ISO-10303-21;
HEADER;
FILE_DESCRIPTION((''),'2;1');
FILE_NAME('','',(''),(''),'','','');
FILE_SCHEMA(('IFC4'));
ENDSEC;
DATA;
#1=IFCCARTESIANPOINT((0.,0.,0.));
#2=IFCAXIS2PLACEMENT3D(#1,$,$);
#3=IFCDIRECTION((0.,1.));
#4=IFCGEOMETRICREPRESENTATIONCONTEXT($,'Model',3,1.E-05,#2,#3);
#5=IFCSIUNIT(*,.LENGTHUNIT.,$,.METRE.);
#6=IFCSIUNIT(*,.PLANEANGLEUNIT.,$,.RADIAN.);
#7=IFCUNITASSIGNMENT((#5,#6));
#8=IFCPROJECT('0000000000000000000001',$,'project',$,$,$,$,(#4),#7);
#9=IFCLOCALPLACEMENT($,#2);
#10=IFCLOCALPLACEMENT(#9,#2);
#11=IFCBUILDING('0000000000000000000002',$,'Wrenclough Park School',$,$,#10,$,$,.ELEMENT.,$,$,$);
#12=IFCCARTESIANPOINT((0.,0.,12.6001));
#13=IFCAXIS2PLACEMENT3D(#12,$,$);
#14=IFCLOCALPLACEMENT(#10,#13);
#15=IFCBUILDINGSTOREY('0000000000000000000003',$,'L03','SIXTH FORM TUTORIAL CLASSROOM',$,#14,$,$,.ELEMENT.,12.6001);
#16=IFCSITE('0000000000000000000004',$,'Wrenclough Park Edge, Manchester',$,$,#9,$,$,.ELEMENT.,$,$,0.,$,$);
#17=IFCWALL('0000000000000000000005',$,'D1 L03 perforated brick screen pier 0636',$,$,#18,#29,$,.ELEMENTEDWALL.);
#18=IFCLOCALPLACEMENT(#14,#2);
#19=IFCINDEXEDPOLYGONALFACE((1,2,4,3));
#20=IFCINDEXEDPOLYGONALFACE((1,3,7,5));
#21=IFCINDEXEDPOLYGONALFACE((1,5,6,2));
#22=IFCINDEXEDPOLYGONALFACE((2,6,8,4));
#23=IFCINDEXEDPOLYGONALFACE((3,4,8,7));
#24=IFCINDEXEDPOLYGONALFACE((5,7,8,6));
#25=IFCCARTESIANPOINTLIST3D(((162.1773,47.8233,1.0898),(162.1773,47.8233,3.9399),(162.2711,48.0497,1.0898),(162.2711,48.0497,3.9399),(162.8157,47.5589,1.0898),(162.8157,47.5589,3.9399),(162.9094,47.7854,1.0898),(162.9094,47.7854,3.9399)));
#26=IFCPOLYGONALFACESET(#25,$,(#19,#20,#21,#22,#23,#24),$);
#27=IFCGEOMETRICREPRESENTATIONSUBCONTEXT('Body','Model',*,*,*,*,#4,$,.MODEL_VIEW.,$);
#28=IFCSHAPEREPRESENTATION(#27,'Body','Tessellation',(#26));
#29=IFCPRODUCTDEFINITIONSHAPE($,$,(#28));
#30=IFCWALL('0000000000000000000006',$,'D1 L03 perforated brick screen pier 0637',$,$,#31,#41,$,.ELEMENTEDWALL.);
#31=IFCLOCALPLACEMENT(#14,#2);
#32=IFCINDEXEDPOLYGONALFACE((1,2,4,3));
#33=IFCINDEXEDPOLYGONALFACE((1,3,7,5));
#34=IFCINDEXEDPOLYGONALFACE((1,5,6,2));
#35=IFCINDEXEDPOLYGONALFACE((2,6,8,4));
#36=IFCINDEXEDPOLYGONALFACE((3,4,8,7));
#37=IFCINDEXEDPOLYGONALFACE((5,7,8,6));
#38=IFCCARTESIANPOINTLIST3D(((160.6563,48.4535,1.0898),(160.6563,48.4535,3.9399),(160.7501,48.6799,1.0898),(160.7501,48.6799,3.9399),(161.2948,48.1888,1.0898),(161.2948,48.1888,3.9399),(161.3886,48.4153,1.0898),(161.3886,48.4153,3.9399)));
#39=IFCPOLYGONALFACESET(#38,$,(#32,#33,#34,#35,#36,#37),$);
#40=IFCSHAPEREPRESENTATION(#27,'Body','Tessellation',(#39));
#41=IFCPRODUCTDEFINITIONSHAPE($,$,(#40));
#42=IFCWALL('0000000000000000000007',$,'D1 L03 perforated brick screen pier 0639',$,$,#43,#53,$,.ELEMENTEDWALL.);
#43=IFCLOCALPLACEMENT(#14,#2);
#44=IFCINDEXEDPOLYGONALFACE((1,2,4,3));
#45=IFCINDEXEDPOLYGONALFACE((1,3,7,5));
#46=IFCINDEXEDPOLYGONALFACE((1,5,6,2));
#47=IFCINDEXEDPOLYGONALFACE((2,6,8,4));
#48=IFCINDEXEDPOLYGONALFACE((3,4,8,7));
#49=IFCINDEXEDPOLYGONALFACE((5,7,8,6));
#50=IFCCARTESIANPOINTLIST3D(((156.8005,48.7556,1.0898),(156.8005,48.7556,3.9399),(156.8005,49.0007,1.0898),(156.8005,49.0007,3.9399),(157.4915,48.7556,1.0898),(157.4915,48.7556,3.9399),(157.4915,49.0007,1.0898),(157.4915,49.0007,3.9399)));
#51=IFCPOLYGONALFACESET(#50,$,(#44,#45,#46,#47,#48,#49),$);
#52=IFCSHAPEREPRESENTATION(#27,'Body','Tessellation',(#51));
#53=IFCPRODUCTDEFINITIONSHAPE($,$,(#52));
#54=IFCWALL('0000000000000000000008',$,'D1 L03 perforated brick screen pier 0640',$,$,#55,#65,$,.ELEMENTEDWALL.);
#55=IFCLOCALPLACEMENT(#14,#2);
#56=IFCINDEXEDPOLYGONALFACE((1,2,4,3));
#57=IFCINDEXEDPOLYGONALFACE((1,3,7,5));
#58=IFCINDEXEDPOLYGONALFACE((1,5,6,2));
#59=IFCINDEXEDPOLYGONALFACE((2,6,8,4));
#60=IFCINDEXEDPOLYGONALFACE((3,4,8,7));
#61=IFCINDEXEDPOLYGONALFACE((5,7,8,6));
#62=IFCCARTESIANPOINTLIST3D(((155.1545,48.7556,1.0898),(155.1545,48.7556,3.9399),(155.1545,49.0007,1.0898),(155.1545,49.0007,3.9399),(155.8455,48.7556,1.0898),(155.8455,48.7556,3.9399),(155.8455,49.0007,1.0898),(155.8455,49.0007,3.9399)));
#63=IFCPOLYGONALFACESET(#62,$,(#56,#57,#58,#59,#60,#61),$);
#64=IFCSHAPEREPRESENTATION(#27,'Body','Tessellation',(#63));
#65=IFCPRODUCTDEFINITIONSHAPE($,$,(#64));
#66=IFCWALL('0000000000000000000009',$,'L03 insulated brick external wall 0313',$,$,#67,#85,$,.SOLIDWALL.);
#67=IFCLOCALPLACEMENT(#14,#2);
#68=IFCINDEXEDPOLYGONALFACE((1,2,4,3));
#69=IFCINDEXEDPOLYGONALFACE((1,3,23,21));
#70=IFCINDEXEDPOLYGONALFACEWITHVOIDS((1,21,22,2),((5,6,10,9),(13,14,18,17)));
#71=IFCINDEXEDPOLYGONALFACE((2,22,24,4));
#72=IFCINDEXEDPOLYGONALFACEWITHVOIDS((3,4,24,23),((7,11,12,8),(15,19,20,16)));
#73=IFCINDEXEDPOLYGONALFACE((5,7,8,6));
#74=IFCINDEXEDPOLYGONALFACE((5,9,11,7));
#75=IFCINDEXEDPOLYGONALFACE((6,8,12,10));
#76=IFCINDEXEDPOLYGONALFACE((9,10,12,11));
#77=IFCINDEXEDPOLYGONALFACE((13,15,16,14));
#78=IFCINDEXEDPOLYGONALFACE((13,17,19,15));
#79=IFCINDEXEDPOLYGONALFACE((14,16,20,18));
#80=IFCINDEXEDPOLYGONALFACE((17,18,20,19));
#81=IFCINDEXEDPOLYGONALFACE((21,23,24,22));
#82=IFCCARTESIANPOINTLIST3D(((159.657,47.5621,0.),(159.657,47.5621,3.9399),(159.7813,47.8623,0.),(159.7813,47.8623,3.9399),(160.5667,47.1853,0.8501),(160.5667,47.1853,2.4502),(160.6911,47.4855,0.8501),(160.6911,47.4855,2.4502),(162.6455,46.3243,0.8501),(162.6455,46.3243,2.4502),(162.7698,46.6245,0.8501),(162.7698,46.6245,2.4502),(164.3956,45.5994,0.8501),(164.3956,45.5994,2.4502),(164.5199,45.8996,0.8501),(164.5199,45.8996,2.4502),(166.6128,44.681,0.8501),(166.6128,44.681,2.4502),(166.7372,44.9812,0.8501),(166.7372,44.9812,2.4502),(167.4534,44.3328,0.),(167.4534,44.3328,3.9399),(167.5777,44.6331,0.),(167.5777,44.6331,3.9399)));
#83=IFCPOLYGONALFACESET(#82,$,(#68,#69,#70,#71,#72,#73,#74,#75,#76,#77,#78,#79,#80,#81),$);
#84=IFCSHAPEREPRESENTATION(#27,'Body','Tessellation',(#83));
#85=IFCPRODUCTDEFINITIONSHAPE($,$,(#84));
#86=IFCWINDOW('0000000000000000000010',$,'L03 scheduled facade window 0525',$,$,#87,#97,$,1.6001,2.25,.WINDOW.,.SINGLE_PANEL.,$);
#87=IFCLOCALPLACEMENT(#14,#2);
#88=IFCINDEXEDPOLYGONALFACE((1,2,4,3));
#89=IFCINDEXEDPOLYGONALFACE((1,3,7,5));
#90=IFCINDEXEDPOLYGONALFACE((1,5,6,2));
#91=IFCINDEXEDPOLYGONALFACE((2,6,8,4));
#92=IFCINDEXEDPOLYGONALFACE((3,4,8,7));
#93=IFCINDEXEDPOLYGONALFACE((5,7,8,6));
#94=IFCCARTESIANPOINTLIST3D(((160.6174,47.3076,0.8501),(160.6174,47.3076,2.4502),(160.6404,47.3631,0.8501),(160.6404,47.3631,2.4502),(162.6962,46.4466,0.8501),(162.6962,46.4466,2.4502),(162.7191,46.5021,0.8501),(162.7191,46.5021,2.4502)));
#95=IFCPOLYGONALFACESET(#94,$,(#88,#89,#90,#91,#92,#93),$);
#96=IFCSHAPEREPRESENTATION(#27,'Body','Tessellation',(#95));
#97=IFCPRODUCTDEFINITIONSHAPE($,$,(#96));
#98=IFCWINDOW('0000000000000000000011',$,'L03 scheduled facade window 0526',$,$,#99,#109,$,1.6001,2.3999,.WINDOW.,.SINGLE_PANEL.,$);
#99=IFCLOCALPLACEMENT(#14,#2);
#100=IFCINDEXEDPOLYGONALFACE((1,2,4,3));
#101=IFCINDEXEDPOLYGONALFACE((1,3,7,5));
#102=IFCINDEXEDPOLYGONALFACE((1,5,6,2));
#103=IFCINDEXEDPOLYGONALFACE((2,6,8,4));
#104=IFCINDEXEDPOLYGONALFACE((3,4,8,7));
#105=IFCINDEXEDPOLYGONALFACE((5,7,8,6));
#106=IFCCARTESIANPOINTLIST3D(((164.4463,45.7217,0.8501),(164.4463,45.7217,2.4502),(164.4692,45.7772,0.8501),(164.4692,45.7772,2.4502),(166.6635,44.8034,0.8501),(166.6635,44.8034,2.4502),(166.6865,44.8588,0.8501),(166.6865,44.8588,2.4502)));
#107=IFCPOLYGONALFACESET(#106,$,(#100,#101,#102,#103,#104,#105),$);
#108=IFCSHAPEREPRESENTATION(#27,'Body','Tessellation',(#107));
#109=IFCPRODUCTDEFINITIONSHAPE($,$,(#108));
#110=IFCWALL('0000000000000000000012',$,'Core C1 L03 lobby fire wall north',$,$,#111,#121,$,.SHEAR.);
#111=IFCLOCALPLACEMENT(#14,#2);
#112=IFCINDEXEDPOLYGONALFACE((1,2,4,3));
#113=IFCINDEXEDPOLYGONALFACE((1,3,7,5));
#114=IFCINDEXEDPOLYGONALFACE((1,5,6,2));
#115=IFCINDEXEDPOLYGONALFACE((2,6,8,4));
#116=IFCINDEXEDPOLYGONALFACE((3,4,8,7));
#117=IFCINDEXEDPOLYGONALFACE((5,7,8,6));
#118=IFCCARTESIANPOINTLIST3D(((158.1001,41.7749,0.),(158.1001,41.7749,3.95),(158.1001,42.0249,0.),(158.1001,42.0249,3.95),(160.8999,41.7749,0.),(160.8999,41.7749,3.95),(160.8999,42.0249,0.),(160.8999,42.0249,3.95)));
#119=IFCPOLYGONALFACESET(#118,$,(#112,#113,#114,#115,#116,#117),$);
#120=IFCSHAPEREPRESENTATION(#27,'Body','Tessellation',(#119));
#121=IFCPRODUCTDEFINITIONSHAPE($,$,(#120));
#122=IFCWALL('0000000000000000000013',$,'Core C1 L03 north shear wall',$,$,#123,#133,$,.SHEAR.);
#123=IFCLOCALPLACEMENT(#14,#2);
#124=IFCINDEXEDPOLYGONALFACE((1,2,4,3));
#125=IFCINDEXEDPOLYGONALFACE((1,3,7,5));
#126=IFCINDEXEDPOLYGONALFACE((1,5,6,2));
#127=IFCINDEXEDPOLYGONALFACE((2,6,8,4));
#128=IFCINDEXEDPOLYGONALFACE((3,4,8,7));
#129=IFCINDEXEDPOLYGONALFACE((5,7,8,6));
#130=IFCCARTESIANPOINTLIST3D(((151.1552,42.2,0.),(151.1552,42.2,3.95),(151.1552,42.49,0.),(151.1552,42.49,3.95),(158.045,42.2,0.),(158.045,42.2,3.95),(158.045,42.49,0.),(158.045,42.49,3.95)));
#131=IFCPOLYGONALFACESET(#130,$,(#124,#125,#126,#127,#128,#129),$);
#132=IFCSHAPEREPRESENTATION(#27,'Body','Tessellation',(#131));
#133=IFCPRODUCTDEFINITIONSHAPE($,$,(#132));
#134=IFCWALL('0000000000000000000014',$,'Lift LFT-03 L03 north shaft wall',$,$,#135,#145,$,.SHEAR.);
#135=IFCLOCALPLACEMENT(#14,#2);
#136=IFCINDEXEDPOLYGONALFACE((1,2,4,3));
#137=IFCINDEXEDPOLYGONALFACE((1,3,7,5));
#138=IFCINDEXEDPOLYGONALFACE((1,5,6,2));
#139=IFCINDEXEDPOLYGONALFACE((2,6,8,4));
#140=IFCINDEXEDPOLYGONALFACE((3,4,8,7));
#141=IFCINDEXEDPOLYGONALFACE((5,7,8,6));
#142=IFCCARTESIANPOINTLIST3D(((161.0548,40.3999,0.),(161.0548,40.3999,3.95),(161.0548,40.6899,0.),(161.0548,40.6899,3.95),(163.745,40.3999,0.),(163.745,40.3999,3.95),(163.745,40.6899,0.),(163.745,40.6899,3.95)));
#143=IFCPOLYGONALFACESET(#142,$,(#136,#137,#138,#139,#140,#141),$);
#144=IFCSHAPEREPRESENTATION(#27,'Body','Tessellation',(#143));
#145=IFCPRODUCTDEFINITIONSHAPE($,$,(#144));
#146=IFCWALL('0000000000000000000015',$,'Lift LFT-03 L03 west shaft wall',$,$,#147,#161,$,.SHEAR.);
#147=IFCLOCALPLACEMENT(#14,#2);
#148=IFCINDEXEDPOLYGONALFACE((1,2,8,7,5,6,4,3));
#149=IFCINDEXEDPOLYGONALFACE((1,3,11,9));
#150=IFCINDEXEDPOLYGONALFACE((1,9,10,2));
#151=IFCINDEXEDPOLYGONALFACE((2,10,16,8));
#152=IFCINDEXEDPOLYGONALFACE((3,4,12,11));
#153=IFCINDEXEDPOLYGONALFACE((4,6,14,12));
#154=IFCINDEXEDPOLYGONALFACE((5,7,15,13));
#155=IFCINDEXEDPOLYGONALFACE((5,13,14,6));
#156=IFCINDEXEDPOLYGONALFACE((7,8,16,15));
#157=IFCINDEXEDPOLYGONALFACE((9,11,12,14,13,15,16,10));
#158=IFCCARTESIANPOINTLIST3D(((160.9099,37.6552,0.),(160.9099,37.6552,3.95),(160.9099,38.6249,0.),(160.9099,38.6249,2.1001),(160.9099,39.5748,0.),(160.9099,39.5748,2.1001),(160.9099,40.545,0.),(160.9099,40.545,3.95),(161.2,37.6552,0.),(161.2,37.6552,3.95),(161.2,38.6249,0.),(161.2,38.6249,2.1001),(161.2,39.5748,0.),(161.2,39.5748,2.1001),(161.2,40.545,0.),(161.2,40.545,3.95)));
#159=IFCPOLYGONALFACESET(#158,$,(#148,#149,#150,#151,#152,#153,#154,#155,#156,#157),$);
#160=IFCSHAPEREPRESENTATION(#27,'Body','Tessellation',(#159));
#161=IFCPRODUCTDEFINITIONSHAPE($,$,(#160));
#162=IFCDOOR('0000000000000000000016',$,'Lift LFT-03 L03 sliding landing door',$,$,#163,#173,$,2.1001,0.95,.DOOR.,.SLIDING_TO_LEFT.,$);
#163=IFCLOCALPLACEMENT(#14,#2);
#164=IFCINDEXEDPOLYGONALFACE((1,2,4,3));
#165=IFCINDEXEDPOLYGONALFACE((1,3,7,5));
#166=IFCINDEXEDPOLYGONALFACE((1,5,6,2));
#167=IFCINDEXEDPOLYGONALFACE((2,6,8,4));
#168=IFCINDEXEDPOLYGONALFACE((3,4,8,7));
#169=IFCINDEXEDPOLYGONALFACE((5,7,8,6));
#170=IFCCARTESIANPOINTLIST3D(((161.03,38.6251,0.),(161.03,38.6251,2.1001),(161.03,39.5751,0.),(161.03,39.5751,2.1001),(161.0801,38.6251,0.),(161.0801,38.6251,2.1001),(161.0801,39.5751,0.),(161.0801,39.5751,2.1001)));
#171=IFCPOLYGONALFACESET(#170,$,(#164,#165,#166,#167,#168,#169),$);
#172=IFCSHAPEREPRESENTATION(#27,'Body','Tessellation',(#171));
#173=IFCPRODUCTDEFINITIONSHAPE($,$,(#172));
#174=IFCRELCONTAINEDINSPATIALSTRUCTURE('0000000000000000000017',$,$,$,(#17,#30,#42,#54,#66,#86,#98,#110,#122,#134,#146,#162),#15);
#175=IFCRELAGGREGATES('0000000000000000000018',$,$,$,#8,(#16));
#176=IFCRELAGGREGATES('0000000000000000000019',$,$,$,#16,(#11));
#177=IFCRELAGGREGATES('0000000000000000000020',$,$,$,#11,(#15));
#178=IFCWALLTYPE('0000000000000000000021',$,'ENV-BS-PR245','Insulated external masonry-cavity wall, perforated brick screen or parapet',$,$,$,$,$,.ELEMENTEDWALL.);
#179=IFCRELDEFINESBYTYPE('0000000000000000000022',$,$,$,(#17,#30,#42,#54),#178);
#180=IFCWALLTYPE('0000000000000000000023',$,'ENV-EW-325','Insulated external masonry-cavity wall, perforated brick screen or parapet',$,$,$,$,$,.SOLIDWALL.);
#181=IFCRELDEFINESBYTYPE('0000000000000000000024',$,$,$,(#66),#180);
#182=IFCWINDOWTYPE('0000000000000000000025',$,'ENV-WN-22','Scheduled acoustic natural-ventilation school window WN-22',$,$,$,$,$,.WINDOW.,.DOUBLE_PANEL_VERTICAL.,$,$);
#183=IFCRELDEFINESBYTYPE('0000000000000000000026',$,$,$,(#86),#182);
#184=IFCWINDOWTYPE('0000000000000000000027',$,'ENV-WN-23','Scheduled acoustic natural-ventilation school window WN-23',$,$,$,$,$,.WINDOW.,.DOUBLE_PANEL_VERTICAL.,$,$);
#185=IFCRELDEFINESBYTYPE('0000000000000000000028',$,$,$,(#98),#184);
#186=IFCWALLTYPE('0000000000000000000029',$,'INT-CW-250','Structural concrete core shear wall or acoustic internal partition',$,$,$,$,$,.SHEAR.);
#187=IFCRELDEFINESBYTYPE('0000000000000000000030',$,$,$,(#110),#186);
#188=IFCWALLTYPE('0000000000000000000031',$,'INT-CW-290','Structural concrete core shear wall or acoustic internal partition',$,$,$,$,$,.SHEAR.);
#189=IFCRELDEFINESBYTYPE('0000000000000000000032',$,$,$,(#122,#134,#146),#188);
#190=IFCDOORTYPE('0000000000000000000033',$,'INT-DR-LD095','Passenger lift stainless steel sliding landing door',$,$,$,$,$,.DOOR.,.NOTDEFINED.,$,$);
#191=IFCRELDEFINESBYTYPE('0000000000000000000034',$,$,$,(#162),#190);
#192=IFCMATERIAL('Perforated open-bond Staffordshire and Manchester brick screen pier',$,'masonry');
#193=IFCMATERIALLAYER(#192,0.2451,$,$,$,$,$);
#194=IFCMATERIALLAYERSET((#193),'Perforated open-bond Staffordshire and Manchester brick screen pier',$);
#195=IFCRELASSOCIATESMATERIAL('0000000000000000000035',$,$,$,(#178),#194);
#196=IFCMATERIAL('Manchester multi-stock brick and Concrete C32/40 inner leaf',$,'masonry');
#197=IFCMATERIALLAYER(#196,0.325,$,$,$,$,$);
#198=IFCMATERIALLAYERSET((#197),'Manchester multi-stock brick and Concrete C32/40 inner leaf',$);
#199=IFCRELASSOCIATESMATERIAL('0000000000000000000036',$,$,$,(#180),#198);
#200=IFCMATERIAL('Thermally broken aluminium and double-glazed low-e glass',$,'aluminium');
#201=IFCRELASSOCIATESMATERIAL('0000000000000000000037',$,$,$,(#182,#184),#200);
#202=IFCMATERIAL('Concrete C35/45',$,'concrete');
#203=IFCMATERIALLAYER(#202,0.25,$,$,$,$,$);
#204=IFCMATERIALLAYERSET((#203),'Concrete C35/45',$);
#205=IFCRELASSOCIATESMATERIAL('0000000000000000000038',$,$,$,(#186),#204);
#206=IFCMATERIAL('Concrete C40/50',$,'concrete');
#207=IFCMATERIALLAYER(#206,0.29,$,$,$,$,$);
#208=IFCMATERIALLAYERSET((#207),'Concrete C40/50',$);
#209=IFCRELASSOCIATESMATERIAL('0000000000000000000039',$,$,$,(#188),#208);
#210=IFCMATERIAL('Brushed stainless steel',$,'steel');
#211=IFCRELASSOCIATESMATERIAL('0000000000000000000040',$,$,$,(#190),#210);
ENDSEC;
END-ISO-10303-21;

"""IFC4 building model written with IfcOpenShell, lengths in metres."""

from ifc_helpers import new_model, si_unit, direction, frame, frame_2d, origin, place, context, subcontext, project, spatial, rectangle, extrude, material, layer, layer_set, type_object, element, fill, save


model = new_model("IFC4")

# Units and contexts
model_context = context("Model", 3, precision=1e-05, world=origin(), true_north=direction((0.0, 1.0)))
body_context = subcontext(model_context, "Body", "Model", "MODEL_VIEW")
ifc_project = project(units=[si_unit("LENGTHUNIT", "METRE"), si_unit("PLANEANGLEUNIT", "RADIAN")], contexts=[model_context])

# Site, building, storey
site_placement = place(None, origin())
site = spatial("IfcSite", under=ifc_project, at=site_placement, Name="Wrenclough Park Edge, Manchester", CompositionType="ELEMENT", RefElevation=0.0)
building_placement = place(site_placement, origin())
building = spatial("IfcBuilding", under=site, at=building_placement, Name="Wrenclough Park School", CompositionType="ELEMENT")
storey_placement = place(building_placement, frame((0.0, 0.0, 12.6001)))
storey = spatial("IfcBuildingStorey", under=building, at=storey_placement, Name="L03", Description="SIXTH FORM TUTORIAL CLASSROOM", CompositionType="ELEMENT", Elevation=12.6001)

# Shared definitions
ifc_material_1 = material(Name="Concrete C40/50", Category="concrete")

# Walls
ifc_material_2 = material(Name="Perforated open-bond Staffordshire and Manchester brick screen pier", Category="masonry")
ifc_layer_1 = layer(ifc_material_2, 0.2451)
ifc_layer_set_1 = layer_set([ifc_layer_1], Name="Perforated open-bond Staffordshire and Manchester brick screen pier")
wall_type_1 = type_object("IfcWallType", Name="ENV-BS-PR245", Description="Insulated external masonry-cavity wall, perforated brick screen or parapet", PredefinedType="ELEMENTEDWALL", material=ifc_layer_set_1)
for number, where, z_axis, x_axis, name in (
    (1, (162.8625, 47.6721, 1.0898), (0.0, 0.0, 1.0), (-0.923901, 0.382633, 0.0), "D1 L03 perforated brick screen pier 0636"),
):
    element("IfcWall", number, at=place(storey_placement, frame(where, z_axis=z_axis, x_axis=x_axis)), inside=storey, type_object=wall_type_1, Name=name, PredefinedType="ELEMENTEDWALL", context=body_context, shape_type="SweptSolid", body=[
        extrude(rectangle(XDim=0.6909, YDim=0.2451, at=frame_2d((0.3455, 0.0))), origin(), (0.0, 0.0, 1.0), 2.8501),
    ])
wall_1_placement = place(storey_placement, frame((161.3418, 48.302, 1.0898), z_axis=(0.0, 0.0, 1.0), x_axis=(-0.923776, 0.382934, 0.0)))
element("IfcWall", 2, at=wall_1_placement, inside=storey, type_object=wall_type_1, Name="D1 L03 perforated brick screen pier 0637", PredefinedType="ELEMENTEDWALL", context=body_context, shape_type="SweptSolid", body=[
    extrude(rectangle(XDim=0.6912, YDim=0.2451, at=frame_2d((0.3457, 0.0))), origin(), (0.0, 0.0, 1.0), 2.8501),
])
for number, where, z_axis, x_axis, name in (
    (3, (157.4915, 48.8782, 1.0898), (0.0, 0.0, 1.0), (-1.0, 0.0, 0.0), "D1 L03 perforated brick screen pier 0639"),
    (4, (155.8455, 48.8782, 1.0898), (0.0, 0.0, 1.0), (-1.0, 0.0, 0.0), "D1 L03 perforated brick screen pier 0640"),
):
    element("IfcWall", number, at=place(storey_placement, frame(where, z_axis=z_axis, x_axis=x_axis)), inside=storey, type_object=wall_type_1, Name=name, PredefinedType="ELEMENTEDWALL", context=body_context, shape_type="SweptSolid", body=[
        extrude(rectangle(XDim=0.6909, YDim=0.2451, at=frame_2d((0.3455, 0.0))), origin(), (0.0, 0.0, 1.0), 2.8501),
    ])

# Wall, openings, windows
ifc_material_3 = material(Name="Manchester multi-stock brick and Concrete C32/40 inner leaf", Category="masonry")
ifc_layer_2 = layer(ifc_material_3, 0.325)
ifc_layer_set_2 = layer_set([ifc_layer_2], Name="Manchester multi-stock brick and Concrete C32/40 inner leaf")
wall_type_2 = type_object("IfcWallType", Name="ENV-EW-325", Description="Insulated external masonry-cavity wall, perforated brick screen or parapet", PredefinedType="SOLIDWALL", material=ifc_layer_set_2)
wall_2_placement = place(storey_placement, frame((159.7192, 47.7122, 0.0), z_axis=(0.0, 0.0, 1.0), x_axis=(0.923885, -0.382671, 0.0)))
wall_2 = element("IfcWall", 5, at=wall_2_placement, inside=storey, type_object=wall_type_2, Name="L03 insulated brick external wall 0313", PredefinedType="SOLIDWALL", context=body_context, shape_type="SweptSolid", body=[
    extrude(rectangle(XDim=8.4387, YDim=0.325, at=frame_2d((4.2192, 0.0))), origin(), (0.0, 0.0, 1.0), 3.9399),
])
opening_1_placement = place(wall_2_placement, frame((0.9846, 0.0, 0.8501)))
opening_1 = element("IfcOpeningElement", 6, at=opening_1_placement, cuts=wall_2, PredefinedType="OPENING", context=body_context, shape_type="SweptSolid", body=[
    extrude(rectangle(XDim=2.25, YDim=1.6001, at=frame_2d((1.125, 0.8))), frame((0.0, 0.1724, 0.0), z_axis=(0.0, -1.0, 0.0), x_axis=(1.0, 0.0, 0.0)), (0.0, 0.0, 1.0), 0.345),
])
opening_2_placement = place(wall_2_placement, frame((5.1289, 0.0, 0.8501)))
opening_2 = element("IfcOpeningElement", 7, at=opening_2_placement, cuts=wall_2, PredefinedType="OPENING", context=body_context, shape_type="SweptSolid", body=[
    extrude(rectangle(XDim=2.3999, YDim=1.6001, at=frame_2d((1.2, 0.8))), frame((0.0, 0.1724, 0.0), z_axis=(0.0, -1.0, 0.0), x_axis=(1.0, 0.0, 0.0)), (0.0, 0.0, 1.0), 0.345),
])
ifc_material_4 = material(Name="Thermally broken aluminium and double-glazed low-e glass", Category="aluminium")
window_type_1 = type_object("IfcWindowType", Name="ENV-WN-22", Description="Scheduled acoustic natural-ventilation school window WN-22", PartitioningType="DOUBLE_PANEL_VERTICAL", PredefinedType="WINDOW", material=ifc_material_4)
window_1_placement = place(opening_1_placement, origin())
window_1 = element("IfcWindow", 8, at=window_1_placement, inside=storey, type_object=window_type_1, Name="L03 scheduled facade window 0525", OverallHeight=1.6001, OverallWidth=2.25, PartitioningType="SINGLE_PANEL", PredefinedType="WINDOW", context=body_context, shape_type="SweptSolid", body=[
    extrude(rectangle(XDim=2.25, YDim=1.6001, at=frame_2d((1.125, 0.8))), frame((0.0, 0.03, 0.0), z_axis=(0.0, -1.0, 0.0), x_axis=(1.0, 0.0, 0.0)), (0.0, 0.0, 1.0), 0.0601),
])
fill(opening_1, window_1)
window_type_2 = type_object("IfcWindowType", Name="ENV-WN-23", Description="Scheduled acoustic natural-ventilation school window WN-23", PartitioningType="DOUBLE_PANEL_VERTICAL", PredefinedType="WINDOW", material=ifc_material_4)
window_2_placement = place(opening_2_placement, origin())
window_2 = element("IfcWindow", 9, at=window_2_placement, inside=storey, type_object=window_type_2, Name="L03 scheduled facade window 0526", OverallHeight=1.6001, OverallWidth=2.3999, PartitioningType="SINGLE_PANEL", PredefinedType="WINDOW", context=body_context, shape_type="SweptSolid", body=[
    extrude(rectangle(XDim=2.3999, YDim=1.6001, at=frame_2d((1.2, 0.8))), frame((0.0, 0.03, 0.0), z_axis=(0.0, -1.0, 0.0), x_axis=(1.0, 0.0, 0.0)), (0.0, 0.0, 1.0), 0.0601),
])
fill(opening_2, window_2)

# Walls
ifc_material_5 = material(Name="Concrete C35/45", Category="concrete")
ifc_layer_3 = layer(ifc_material_5, 0.25)
ifc_layer_set_3 = layer_set([ifc_layer_3], Name="Concrete C35/45")
wall_type_3 = type_object("IfcWallType", Name="INT-CW-250", Description="Structural concrete core shear wall or acoustic internal partition", PredefinedType="SHEAR", material=ifc_layer_set_3)
wall_3_placement = place(storey_placement, frame((160.8999, 41.8999, 0.0), z_axis=(0.0, 0.0, 1.0), x_axis=(-1.0, 0.0, 0.0)))
element("IfcWall", 10, at=wall_3_placement, inside=storey, type_object=wall_type_3, Name="Core C1 L03 lobby fire wall north", PredefinedType="SHEAR", context=body_context, shape_type="SweptSolid", body=[
    extrude(rectangle(XDim=2.7998, YDim=0.25, at=frame_2d((1.3999, 0.0))), origin(), (0.0, 0.0, 1.0), 3.95),
])
ifc_layer_4 = layer(ifc_material_1, 0.29)
ifc_layer_set_4 = layer_set([ifc_layer_4], Name="Concrete C40/50")
wall_type_4 = type_object("IfcWallType", Name="INT-CW-290", Description="Structural concrete core shear wall or acoustic internal partition", PredefinedType="SHEAR", material=ifc_layer_set_4)
wall_4_placement = place(storey_placement, frame((158.0449, 42.345, 0.0), z_axis=(0.0, 0.0, 1.0), x_axis=(-1.0, 0.0, 0.0)))
element("IfcWall", 11, at=wall_4_placement, inside=storey, type_object=wall_type_4, Name="Core C1 L03 north shear wall", PredefinedType="SHEAR", context=body_context, shape_type="SweptSolid", body=[
    extrude(rectangle(XDim=6.8899, YDim=0.29, at=frame_2d((3.4448, 0.0))), origin(), (0.0, 0.0, 1.0), 3.95),
])
wall_5_placement = place(storey_placement, frame((163.7451, 40.5449, 0.0), z_axis=(0.0, 0.0, 1.0), x_axis=(-1.0, 0.0, 0.0)))
element("IfcWall", 12, at=wall_5_placement, inside=storey, type_object=wall_type_4, Name="Lift LFT-03 L03 north shaft wall", PredefinedType="SHEAR", context=body_context, shape_type="SweptSolid", body=[
    extrude(rectangle(XDim=2.6902, YDim=0.29, at=frame_2d((1.3452, 0.0))), origin(), (0.0, 0.0, 1.0), 3.95),
])

# Wall, opening, door
wall_6_placement = place(storey_placement, frame((161.0549, 40.5449, 0.0), z_axis=(0.0, 0.0, 1.0), x_axis=(0.0, -1.0, 0.0)))
wall_6 = element("IfcWall", 13, at=wall_6_placement, inside=storey, type_object=wall_type_4, Name="Lift LFT-03 L03 west shaft wall", PredefinedType="SHEAR", context=body_context, shape_type="SweptSolid", body=[
    extrude(rectangle(XDim=2.8899, YDim=0.29, at=frame_2d((1.4448, 0.0))), origin(), (0.0, 0.0, 1.0), 3.95),
])
opening_3_placement = place(wall_6_placement, frame((0.97, 0.0, 0.0)))
opening_3 = element("IfcOpeningElement", 14, at=opening_3_placement, cuts=wall_6, PredefinedType="OPENING", context=body_context, shape_type="SweptSolid", body=[
    extrude(rectangle(XDim=0.95, YDim=2.1001, at=frame_2d((0.4751, 1.05))), frame((0.0, 0.155, 0.0), z_axis=(0.0, -1.0, 0.0), x_axis=(1.0, 0.0, 0.0)), (0.0, 0.0, 1.0), 0.3101),
])
ifc_material_6 = material(Name="Brushed stainless steel", Category="steel")
door_type = type_object("IfcDoorType", Name="INT-DR-LD095", Description="Passenger lift stainless steel sliding landing door", OperationType="NOTDEFINED", PredefinedType="DOOR", material=ifc_material_6)
door_placement = place(opening_3_placement, frame((0.95, 0.0, 0.0), z_axis=(0.0, 0.0, 1.0), x_axis=(-1.0, 0.0, 0.0)))
door = element("IfcDoor", 15, at=door_placement, inside=storey, type_object=door_type, Name="Lift LFT-03 L03 sliding landing door", OperationType="SLIDING_TO_LEFT", OverallHeight=2.1001, OverallWidth=0.95, PredefinedType="DOOR", context=body_context, shape_type="SweptSolid", body=[
    extrude(rectangle(XDim=0.95, YDim=2.1001, at=frame_2d((0.4751, 1.05))), frame((0.0, 0.0249, 0.0), z_axis=(0.0, -1.0, 0.0), x_axis=(1.0, 0.0, 0.0)), (0.0, 0.0, 1.0), 0.05),
])
fill(opening_3, door)

save(model, "model.ifc")
